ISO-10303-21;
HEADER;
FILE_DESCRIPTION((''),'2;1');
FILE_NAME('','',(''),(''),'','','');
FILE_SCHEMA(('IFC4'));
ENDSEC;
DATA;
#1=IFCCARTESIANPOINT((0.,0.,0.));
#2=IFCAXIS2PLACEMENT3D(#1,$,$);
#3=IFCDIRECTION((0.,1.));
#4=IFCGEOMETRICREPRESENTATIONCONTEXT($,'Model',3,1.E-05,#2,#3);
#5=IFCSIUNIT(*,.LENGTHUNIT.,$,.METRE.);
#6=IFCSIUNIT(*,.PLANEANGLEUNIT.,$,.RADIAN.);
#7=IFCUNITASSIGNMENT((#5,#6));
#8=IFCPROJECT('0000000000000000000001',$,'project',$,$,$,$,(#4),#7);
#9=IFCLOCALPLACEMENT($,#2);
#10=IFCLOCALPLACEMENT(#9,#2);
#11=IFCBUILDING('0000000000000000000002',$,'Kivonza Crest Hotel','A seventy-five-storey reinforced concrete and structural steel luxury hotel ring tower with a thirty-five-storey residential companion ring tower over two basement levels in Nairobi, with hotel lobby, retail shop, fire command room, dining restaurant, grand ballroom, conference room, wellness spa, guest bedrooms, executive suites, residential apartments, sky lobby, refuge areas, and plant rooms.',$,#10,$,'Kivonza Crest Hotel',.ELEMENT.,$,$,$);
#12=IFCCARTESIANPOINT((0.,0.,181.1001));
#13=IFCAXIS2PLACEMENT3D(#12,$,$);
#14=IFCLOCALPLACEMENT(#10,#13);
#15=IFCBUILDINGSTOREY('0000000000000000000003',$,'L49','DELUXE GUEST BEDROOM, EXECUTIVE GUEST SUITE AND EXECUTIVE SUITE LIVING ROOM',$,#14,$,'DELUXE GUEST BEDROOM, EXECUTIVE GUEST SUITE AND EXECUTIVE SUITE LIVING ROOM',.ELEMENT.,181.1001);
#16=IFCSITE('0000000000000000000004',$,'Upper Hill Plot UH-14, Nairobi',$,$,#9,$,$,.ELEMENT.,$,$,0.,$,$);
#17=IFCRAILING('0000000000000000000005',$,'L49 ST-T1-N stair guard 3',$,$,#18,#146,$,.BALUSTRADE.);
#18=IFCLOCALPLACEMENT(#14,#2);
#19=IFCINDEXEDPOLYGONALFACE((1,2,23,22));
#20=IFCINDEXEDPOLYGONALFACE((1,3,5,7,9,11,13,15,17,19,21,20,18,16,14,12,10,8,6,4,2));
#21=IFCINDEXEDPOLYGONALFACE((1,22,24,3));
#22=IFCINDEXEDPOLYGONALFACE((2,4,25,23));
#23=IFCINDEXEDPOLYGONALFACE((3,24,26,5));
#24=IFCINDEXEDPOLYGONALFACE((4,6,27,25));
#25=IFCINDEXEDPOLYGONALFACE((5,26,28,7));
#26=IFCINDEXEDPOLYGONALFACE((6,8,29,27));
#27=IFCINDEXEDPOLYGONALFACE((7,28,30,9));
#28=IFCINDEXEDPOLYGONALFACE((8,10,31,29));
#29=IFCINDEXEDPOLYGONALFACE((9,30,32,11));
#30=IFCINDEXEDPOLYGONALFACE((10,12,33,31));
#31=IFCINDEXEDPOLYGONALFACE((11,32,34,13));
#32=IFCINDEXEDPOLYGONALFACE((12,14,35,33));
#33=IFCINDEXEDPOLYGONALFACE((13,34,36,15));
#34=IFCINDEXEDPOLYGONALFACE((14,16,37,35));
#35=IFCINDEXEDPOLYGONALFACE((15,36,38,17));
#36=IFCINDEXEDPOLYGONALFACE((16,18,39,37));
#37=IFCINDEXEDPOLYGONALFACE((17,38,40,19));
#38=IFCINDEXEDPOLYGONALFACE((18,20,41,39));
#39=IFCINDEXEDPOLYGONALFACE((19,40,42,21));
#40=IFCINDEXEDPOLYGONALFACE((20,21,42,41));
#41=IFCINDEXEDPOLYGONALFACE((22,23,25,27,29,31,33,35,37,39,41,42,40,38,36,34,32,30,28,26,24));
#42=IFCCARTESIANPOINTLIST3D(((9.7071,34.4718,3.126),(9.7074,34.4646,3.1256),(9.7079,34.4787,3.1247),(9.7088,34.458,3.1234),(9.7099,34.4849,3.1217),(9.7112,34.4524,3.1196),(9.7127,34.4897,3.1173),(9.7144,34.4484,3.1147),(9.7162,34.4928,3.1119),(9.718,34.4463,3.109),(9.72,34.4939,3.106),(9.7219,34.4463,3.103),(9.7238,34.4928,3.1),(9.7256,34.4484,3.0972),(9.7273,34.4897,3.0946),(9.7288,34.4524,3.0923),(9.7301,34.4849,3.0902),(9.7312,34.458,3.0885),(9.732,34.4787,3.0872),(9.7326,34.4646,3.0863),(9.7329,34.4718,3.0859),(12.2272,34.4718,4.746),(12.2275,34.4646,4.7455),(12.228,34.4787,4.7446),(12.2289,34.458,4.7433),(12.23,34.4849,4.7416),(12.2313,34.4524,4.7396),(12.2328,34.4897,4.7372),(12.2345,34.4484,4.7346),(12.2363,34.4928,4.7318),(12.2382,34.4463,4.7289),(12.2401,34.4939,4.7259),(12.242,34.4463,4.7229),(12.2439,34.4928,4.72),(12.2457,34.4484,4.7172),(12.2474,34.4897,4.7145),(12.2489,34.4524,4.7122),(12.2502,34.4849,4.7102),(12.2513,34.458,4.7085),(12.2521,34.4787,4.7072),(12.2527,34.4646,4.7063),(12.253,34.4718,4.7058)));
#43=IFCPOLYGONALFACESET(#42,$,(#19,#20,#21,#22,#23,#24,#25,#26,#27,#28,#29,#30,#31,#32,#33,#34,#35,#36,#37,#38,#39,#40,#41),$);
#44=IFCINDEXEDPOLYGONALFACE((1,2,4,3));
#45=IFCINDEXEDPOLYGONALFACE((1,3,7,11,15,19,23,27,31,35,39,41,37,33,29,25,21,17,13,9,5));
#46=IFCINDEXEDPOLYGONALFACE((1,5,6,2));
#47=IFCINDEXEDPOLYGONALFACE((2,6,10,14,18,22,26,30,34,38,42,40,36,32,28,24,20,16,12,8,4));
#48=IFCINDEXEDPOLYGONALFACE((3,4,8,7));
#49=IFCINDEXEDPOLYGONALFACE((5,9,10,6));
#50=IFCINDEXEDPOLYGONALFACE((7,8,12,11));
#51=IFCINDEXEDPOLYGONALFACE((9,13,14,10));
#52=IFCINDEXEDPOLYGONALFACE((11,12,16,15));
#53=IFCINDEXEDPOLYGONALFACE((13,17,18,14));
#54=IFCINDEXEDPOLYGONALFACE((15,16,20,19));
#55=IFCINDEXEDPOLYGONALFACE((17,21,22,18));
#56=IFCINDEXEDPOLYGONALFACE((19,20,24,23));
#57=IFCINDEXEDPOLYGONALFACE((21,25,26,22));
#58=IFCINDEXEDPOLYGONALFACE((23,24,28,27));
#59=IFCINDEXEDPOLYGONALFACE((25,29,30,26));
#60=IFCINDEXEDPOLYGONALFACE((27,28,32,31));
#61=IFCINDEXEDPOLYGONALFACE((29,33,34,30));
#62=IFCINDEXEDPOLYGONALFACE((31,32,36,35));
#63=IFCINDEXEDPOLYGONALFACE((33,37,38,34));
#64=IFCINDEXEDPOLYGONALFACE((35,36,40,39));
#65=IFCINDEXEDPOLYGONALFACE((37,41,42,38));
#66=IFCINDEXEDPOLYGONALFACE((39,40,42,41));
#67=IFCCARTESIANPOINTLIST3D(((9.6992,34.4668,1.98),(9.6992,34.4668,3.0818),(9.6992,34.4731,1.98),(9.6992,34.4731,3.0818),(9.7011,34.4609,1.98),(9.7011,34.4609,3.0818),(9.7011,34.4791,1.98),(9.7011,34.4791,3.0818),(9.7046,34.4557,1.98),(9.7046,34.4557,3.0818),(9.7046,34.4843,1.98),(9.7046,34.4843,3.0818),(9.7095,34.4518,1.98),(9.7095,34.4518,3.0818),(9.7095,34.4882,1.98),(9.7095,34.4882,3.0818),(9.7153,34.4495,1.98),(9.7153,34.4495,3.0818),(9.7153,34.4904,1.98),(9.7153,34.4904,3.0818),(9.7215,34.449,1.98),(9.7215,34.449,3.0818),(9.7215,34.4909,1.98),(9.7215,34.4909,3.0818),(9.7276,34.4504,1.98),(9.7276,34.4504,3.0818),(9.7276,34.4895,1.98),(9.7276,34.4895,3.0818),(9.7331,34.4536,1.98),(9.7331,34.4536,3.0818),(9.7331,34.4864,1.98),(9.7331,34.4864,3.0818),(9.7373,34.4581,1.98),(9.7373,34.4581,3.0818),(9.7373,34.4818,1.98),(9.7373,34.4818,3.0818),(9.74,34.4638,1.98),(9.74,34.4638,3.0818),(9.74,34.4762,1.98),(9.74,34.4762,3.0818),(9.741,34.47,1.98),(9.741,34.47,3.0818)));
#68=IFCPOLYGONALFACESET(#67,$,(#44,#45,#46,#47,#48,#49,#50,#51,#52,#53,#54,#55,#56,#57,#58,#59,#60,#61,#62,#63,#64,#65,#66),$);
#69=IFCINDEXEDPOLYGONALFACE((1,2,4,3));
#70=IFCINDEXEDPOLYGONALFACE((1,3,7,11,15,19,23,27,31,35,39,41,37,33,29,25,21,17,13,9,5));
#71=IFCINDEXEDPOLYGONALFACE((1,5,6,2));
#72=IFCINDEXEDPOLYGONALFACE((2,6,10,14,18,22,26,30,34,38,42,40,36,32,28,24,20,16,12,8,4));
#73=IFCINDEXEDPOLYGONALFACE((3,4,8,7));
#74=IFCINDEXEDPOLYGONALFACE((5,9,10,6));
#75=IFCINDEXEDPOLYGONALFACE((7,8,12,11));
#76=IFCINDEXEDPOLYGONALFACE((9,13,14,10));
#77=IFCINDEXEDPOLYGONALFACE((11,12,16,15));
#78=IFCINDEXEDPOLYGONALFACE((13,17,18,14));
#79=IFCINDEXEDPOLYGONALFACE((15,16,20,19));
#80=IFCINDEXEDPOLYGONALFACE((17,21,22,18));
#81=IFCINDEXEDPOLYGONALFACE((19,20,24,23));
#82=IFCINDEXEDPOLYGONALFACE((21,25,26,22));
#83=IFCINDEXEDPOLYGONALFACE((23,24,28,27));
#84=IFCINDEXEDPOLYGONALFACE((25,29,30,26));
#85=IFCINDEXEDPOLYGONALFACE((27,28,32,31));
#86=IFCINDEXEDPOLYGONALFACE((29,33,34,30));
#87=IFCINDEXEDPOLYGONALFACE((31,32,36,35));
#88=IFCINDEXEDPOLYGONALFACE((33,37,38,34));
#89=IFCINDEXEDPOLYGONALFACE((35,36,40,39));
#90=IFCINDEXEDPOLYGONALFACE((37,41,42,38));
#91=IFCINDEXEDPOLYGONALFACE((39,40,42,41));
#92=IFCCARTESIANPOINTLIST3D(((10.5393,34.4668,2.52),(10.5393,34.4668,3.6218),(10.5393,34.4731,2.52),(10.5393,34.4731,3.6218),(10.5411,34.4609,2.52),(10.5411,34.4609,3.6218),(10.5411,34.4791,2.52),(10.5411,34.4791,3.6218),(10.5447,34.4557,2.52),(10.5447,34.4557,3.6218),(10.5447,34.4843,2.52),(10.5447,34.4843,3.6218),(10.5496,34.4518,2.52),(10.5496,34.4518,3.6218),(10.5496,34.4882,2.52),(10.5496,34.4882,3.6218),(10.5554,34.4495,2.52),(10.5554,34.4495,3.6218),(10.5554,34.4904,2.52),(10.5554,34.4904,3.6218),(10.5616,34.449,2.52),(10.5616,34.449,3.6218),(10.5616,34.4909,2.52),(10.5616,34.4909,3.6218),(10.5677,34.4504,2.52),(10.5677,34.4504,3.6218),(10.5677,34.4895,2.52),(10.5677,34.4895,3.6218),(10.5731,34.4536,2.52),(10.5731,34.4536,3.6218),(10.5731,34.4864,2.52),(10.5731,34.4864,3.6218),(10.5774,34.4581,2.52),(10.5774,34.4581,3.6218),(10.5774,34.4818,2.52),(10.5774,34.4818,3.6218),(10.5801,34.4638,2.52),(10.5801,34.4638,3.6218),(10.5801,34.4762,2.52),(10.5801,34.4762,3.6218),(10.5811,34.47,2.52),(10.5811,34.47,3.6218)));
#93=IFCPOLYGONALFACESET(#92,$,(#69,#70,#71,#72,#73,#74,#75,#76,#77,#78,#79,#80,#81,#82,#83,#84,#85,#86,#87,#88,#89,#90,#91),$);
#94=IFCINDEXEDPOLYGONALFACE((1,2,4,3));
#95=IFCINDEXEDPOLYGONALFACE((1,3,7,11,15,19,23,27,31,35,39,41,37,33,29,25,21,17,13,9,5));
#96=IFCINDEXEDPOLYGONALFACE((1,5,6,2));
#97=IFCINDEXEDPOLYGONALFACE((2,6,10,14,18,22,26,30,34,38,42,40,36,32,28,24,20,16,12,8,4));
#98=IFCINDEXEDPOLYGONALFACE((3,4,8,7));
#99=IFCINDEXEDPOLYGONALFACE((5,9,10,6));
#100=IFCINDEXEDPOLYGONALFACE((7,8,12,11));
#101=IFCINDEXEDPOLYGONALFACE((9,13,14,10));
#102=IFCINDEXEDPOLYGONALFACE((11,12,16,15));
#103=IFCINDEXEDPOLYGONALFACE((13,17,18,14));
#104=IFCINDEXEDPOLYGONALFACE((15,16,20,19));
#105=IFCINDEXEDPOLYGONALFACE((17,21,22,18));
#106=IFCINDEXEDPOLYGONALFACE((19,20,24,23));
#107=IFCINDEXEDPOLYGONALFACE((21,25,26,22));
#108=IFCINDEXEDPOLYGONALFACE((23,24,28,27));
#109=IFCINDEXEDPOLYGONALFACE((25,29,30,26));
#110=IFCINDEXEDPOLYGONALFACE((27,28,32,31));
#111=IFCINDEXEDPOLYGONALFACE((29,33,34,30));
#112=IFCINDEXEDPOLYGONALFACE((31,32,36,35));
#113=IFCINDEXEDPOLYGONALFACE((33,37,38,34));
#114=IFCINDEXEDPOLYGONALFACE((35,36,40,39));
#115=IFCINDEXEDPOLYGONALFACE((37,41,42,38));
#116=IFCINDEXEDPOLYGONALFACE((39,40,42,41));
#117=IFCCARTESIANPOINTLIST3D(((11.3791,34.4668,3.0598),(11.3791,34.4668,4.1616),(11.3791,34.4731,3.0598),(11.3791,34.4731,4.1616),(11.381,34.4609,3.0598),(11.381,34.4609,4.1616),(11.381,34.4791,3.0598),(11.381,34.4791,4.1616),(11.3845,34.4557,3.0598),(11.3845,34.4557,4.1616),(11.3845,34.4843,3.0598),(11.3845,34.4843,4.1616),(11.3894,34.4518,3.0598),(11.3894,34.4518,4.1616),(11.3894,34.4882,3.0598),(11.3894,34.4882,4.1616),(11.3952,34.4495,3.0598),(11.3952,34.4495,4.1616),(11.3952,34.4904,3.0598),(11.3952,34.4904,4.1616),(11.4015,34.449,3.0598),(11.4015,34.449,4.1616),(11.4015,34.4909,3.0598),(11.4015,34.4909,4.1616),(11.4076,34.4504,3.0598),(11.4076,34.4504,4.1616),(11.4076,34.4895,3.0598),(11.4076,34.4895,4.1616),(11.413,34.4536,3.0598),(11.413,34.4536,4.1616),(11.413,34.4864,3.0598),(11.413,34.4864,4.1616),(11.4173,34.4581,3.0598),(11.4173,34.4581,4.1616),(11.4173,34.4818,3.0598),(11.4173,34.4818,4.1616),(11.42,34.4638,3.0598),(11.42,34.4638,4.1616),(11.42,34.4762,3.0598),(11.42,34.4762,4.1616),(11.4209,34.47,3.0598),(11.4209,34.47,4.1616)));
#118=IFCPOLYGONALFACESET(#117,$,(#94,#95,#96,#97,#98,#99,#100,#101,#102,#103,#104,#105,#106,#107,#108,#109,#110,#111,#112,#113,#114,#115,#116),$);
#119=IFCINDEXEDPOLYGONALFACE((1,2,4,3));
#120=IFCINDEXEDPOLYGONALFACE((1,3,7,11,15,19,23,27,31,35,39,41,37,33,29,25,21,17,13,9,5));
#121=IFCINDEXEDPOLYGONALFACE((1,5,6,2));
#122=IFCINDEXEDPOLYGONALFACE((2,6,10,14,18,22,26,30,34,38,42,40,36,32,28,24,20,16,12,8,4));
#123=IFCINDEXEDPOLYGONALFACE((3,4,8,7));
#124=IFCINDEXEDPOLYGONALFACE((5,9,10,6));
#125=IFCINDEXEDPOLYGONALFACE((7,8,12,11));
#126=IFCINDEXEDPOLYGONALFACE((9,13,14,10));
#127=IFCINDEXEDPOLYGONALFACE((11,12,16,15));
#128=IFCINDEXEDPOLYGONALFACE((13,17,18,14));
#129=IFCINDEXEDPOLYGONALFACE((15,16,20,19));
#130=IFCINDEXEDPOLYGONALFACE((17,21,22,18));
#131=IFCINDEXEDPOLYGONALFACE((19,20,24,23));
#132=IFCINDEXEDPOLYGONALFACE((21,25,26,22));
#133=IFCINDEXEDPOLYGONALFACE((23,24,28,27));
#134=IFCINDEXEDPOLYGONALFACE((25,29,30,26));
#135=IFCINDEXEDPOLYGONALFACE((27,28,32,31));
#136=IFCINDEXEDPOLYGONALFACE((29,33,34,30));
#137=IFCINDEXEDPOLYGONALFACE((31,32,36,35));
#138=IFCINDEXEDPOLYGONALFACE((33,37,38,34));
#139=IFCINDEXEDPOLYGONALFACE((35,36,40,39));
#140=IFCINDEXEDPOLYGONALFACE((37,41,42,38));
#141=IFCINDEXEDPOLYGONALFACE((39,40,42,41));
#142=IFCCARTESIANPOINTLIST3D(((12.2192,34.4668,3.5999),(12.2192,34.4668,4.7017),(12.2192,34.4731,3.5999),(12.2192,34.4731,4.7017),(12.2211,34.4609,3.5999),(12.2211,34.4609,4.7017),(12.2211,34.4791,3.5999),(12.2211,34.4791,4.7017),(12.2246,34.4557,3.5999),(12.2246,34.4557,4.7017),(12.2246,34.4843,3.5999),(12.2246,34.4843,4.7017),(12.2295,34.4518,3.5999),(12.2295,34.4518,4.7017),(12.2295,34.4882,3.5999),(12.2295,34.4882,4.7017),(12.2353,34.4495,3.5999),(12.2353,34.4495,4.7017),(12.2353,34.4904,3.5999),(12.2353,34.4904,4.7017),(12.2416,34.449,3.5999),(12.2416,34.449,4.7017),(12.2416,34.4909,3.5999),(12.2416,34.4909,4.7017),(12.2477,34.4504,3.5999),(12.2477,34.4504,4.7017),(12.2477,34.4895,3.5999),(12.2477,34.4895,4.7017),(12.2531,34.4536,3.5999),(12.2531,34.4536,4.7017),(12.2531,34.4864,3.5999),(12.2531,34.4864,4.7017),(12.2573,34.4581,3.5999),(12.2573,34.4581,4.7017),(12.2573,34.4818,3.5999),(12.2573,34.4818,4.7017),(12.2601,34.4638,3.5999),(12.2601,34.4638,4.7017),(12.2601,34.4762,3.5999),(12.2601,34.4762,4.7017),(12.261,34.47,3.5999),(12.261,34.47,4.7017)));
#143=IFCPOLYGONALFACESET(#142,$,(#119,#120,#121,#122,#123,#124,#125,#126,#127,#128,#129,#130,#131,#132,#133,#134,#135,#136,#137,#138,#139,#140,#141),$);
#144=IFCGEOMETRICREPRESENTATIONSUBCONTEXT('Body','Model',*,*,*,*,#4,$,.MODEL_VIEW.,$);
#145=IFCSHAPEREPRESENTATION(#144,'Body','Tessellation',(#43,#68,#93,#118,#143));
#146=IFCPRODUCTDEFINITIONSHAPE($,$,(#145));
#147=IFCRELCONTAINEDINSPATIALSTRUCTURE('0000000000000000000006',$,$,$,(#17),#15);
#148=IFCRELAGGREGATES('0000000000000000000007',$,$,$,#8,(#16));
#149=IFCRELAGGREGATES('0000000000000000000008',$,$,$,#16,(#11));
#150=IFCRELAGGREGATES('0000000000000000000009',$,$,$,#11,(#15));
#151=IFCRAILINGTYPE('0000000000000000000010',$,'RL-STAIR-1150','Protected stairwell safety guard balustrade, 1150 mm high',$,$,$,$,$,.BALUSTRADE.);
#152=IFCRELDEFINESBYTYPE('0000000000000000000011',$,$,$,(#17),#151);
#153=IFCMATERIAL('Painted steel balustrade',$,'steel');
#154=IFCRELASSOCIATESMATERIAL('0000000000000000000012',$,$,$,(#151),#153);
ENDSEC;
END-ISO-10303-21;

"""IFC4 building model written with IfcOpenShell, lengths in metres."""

from ifc_helpers import new_model, si_unit, direction, frame, origin, origin_2d, place, context, subcontext, project, spatial, circle, extrude, material, type_object, element, save


model = new_model("IFC4")

# Units and contexts
model_context = context("Model", 3, precision=1e-05, world=origin(), true_north=direction((0.0, 1.0)))
body_context = subcontext(model_context, "Body", "Model", "MODEL_VIEW")
ifc_project = project(units=[si_unit("LENGTHUNIT", "METRE"), si_unit("PLANEANGLEUNIT", "RADIAN")], contexts=[model_context])

# Site, building, storey
site_placement = place(None, origin())
site = spatial("IfcSite", under=ifc_project, at=site_placement, Name="Upper Hill Plot UH-14, Nairobi", CompositionType="ELEMENT", RefElevation=0.0)
building_placement = place(site_placement, origin())
building = spatial("IfcBuilding", under=site, at=building_placement, Name="Kivonza Crest Hotel", Description="A seventy-five-storey reinforced concrete and structural steel luxury hotel ring tower with a thirty-five-storey residential companion ring tower over two basement levels in Nairobi, with hotel lobby, retail shop, fire command room, dining restaurant, grand ballroom, conference room, wellness spa, guest bedrooms, executive suites, residential apartments, sky lobby, refuge areas, and plant rooms.", LongName="Kivonza Crest Hotel", CompositionType="ELEMENT")
storey_placement = place(building_placement, frame((0.0, 0.0, 181.1001)))
storey = spatial("IfcBuildingStorey", under=building, at=storey_placement, Name="L49", Description="DELUXE GUEST BEDROOM, EXECUTIVE GUEST SUITE AND EXECUTIVE SUITE LIVING ROOM", LongName="DELUXE GUEST BEDROOM, EXECUTIVE GUEST SUITE AND EXECUTIVE SUITE LIVING ROOM", CompositionType="ELEMENT", Elevation=181.1001)

# Railing
ifc_material_1 = material(Name="Painted steel balustrade", Category="steel")
railing_type_1 = type_object("IfcRailingType", Name="RL-STAIR-1150", Description="Protected stairwell safety guard balustrade, 1150 mm high", PredefinedType="BALUSTRADE", material=ifc_material_1)
railing_1_placement = place(storey_placement, frame((9.72, 34.47, 1.98)))
element("IfcRailing", 1, at=railing_1_placement, inside=storey, type_object=railing_type_1, Name="L49 ST-T1-N stair guard 3", PredefinedType="BALUSTRADE", context=body_context, shape_type="SweptSolid", body=[
    extrude(circle(Radius=0.0239, at=origin_2d()), frame((0.0, 0.0, 1.126), z_axis=(0.8412, 0.0, 0.540725), x_axis=(0.0, 1.0, 0.0)), (0.0, 0.0, 1.0), 2.9958),
    extrude(circle(Radius=0.021, at=origin_2d()), origin(), (0.0, 0.0, 1.0), 1.1018),
    extrude(circle(Radius=0.021, at=origin_2d()), frame((0.8401, 0.0, 0.54)), (0.0, 0.0, 1.0), 1.1018),
    extrude(circle(Radius=0.021, at=origin_2d()), frame((1.6799, 0.0, 1.0798)), (0.0, 0.0, 1.0), 1.1018),
    extrude(circle(Radius=0.021, at=origin_2d()), frame((2.52, 0.0, 1.6199)), (0.0, 0.0, 1.0), 1.1018),
])

save(model, "model.ifc")
